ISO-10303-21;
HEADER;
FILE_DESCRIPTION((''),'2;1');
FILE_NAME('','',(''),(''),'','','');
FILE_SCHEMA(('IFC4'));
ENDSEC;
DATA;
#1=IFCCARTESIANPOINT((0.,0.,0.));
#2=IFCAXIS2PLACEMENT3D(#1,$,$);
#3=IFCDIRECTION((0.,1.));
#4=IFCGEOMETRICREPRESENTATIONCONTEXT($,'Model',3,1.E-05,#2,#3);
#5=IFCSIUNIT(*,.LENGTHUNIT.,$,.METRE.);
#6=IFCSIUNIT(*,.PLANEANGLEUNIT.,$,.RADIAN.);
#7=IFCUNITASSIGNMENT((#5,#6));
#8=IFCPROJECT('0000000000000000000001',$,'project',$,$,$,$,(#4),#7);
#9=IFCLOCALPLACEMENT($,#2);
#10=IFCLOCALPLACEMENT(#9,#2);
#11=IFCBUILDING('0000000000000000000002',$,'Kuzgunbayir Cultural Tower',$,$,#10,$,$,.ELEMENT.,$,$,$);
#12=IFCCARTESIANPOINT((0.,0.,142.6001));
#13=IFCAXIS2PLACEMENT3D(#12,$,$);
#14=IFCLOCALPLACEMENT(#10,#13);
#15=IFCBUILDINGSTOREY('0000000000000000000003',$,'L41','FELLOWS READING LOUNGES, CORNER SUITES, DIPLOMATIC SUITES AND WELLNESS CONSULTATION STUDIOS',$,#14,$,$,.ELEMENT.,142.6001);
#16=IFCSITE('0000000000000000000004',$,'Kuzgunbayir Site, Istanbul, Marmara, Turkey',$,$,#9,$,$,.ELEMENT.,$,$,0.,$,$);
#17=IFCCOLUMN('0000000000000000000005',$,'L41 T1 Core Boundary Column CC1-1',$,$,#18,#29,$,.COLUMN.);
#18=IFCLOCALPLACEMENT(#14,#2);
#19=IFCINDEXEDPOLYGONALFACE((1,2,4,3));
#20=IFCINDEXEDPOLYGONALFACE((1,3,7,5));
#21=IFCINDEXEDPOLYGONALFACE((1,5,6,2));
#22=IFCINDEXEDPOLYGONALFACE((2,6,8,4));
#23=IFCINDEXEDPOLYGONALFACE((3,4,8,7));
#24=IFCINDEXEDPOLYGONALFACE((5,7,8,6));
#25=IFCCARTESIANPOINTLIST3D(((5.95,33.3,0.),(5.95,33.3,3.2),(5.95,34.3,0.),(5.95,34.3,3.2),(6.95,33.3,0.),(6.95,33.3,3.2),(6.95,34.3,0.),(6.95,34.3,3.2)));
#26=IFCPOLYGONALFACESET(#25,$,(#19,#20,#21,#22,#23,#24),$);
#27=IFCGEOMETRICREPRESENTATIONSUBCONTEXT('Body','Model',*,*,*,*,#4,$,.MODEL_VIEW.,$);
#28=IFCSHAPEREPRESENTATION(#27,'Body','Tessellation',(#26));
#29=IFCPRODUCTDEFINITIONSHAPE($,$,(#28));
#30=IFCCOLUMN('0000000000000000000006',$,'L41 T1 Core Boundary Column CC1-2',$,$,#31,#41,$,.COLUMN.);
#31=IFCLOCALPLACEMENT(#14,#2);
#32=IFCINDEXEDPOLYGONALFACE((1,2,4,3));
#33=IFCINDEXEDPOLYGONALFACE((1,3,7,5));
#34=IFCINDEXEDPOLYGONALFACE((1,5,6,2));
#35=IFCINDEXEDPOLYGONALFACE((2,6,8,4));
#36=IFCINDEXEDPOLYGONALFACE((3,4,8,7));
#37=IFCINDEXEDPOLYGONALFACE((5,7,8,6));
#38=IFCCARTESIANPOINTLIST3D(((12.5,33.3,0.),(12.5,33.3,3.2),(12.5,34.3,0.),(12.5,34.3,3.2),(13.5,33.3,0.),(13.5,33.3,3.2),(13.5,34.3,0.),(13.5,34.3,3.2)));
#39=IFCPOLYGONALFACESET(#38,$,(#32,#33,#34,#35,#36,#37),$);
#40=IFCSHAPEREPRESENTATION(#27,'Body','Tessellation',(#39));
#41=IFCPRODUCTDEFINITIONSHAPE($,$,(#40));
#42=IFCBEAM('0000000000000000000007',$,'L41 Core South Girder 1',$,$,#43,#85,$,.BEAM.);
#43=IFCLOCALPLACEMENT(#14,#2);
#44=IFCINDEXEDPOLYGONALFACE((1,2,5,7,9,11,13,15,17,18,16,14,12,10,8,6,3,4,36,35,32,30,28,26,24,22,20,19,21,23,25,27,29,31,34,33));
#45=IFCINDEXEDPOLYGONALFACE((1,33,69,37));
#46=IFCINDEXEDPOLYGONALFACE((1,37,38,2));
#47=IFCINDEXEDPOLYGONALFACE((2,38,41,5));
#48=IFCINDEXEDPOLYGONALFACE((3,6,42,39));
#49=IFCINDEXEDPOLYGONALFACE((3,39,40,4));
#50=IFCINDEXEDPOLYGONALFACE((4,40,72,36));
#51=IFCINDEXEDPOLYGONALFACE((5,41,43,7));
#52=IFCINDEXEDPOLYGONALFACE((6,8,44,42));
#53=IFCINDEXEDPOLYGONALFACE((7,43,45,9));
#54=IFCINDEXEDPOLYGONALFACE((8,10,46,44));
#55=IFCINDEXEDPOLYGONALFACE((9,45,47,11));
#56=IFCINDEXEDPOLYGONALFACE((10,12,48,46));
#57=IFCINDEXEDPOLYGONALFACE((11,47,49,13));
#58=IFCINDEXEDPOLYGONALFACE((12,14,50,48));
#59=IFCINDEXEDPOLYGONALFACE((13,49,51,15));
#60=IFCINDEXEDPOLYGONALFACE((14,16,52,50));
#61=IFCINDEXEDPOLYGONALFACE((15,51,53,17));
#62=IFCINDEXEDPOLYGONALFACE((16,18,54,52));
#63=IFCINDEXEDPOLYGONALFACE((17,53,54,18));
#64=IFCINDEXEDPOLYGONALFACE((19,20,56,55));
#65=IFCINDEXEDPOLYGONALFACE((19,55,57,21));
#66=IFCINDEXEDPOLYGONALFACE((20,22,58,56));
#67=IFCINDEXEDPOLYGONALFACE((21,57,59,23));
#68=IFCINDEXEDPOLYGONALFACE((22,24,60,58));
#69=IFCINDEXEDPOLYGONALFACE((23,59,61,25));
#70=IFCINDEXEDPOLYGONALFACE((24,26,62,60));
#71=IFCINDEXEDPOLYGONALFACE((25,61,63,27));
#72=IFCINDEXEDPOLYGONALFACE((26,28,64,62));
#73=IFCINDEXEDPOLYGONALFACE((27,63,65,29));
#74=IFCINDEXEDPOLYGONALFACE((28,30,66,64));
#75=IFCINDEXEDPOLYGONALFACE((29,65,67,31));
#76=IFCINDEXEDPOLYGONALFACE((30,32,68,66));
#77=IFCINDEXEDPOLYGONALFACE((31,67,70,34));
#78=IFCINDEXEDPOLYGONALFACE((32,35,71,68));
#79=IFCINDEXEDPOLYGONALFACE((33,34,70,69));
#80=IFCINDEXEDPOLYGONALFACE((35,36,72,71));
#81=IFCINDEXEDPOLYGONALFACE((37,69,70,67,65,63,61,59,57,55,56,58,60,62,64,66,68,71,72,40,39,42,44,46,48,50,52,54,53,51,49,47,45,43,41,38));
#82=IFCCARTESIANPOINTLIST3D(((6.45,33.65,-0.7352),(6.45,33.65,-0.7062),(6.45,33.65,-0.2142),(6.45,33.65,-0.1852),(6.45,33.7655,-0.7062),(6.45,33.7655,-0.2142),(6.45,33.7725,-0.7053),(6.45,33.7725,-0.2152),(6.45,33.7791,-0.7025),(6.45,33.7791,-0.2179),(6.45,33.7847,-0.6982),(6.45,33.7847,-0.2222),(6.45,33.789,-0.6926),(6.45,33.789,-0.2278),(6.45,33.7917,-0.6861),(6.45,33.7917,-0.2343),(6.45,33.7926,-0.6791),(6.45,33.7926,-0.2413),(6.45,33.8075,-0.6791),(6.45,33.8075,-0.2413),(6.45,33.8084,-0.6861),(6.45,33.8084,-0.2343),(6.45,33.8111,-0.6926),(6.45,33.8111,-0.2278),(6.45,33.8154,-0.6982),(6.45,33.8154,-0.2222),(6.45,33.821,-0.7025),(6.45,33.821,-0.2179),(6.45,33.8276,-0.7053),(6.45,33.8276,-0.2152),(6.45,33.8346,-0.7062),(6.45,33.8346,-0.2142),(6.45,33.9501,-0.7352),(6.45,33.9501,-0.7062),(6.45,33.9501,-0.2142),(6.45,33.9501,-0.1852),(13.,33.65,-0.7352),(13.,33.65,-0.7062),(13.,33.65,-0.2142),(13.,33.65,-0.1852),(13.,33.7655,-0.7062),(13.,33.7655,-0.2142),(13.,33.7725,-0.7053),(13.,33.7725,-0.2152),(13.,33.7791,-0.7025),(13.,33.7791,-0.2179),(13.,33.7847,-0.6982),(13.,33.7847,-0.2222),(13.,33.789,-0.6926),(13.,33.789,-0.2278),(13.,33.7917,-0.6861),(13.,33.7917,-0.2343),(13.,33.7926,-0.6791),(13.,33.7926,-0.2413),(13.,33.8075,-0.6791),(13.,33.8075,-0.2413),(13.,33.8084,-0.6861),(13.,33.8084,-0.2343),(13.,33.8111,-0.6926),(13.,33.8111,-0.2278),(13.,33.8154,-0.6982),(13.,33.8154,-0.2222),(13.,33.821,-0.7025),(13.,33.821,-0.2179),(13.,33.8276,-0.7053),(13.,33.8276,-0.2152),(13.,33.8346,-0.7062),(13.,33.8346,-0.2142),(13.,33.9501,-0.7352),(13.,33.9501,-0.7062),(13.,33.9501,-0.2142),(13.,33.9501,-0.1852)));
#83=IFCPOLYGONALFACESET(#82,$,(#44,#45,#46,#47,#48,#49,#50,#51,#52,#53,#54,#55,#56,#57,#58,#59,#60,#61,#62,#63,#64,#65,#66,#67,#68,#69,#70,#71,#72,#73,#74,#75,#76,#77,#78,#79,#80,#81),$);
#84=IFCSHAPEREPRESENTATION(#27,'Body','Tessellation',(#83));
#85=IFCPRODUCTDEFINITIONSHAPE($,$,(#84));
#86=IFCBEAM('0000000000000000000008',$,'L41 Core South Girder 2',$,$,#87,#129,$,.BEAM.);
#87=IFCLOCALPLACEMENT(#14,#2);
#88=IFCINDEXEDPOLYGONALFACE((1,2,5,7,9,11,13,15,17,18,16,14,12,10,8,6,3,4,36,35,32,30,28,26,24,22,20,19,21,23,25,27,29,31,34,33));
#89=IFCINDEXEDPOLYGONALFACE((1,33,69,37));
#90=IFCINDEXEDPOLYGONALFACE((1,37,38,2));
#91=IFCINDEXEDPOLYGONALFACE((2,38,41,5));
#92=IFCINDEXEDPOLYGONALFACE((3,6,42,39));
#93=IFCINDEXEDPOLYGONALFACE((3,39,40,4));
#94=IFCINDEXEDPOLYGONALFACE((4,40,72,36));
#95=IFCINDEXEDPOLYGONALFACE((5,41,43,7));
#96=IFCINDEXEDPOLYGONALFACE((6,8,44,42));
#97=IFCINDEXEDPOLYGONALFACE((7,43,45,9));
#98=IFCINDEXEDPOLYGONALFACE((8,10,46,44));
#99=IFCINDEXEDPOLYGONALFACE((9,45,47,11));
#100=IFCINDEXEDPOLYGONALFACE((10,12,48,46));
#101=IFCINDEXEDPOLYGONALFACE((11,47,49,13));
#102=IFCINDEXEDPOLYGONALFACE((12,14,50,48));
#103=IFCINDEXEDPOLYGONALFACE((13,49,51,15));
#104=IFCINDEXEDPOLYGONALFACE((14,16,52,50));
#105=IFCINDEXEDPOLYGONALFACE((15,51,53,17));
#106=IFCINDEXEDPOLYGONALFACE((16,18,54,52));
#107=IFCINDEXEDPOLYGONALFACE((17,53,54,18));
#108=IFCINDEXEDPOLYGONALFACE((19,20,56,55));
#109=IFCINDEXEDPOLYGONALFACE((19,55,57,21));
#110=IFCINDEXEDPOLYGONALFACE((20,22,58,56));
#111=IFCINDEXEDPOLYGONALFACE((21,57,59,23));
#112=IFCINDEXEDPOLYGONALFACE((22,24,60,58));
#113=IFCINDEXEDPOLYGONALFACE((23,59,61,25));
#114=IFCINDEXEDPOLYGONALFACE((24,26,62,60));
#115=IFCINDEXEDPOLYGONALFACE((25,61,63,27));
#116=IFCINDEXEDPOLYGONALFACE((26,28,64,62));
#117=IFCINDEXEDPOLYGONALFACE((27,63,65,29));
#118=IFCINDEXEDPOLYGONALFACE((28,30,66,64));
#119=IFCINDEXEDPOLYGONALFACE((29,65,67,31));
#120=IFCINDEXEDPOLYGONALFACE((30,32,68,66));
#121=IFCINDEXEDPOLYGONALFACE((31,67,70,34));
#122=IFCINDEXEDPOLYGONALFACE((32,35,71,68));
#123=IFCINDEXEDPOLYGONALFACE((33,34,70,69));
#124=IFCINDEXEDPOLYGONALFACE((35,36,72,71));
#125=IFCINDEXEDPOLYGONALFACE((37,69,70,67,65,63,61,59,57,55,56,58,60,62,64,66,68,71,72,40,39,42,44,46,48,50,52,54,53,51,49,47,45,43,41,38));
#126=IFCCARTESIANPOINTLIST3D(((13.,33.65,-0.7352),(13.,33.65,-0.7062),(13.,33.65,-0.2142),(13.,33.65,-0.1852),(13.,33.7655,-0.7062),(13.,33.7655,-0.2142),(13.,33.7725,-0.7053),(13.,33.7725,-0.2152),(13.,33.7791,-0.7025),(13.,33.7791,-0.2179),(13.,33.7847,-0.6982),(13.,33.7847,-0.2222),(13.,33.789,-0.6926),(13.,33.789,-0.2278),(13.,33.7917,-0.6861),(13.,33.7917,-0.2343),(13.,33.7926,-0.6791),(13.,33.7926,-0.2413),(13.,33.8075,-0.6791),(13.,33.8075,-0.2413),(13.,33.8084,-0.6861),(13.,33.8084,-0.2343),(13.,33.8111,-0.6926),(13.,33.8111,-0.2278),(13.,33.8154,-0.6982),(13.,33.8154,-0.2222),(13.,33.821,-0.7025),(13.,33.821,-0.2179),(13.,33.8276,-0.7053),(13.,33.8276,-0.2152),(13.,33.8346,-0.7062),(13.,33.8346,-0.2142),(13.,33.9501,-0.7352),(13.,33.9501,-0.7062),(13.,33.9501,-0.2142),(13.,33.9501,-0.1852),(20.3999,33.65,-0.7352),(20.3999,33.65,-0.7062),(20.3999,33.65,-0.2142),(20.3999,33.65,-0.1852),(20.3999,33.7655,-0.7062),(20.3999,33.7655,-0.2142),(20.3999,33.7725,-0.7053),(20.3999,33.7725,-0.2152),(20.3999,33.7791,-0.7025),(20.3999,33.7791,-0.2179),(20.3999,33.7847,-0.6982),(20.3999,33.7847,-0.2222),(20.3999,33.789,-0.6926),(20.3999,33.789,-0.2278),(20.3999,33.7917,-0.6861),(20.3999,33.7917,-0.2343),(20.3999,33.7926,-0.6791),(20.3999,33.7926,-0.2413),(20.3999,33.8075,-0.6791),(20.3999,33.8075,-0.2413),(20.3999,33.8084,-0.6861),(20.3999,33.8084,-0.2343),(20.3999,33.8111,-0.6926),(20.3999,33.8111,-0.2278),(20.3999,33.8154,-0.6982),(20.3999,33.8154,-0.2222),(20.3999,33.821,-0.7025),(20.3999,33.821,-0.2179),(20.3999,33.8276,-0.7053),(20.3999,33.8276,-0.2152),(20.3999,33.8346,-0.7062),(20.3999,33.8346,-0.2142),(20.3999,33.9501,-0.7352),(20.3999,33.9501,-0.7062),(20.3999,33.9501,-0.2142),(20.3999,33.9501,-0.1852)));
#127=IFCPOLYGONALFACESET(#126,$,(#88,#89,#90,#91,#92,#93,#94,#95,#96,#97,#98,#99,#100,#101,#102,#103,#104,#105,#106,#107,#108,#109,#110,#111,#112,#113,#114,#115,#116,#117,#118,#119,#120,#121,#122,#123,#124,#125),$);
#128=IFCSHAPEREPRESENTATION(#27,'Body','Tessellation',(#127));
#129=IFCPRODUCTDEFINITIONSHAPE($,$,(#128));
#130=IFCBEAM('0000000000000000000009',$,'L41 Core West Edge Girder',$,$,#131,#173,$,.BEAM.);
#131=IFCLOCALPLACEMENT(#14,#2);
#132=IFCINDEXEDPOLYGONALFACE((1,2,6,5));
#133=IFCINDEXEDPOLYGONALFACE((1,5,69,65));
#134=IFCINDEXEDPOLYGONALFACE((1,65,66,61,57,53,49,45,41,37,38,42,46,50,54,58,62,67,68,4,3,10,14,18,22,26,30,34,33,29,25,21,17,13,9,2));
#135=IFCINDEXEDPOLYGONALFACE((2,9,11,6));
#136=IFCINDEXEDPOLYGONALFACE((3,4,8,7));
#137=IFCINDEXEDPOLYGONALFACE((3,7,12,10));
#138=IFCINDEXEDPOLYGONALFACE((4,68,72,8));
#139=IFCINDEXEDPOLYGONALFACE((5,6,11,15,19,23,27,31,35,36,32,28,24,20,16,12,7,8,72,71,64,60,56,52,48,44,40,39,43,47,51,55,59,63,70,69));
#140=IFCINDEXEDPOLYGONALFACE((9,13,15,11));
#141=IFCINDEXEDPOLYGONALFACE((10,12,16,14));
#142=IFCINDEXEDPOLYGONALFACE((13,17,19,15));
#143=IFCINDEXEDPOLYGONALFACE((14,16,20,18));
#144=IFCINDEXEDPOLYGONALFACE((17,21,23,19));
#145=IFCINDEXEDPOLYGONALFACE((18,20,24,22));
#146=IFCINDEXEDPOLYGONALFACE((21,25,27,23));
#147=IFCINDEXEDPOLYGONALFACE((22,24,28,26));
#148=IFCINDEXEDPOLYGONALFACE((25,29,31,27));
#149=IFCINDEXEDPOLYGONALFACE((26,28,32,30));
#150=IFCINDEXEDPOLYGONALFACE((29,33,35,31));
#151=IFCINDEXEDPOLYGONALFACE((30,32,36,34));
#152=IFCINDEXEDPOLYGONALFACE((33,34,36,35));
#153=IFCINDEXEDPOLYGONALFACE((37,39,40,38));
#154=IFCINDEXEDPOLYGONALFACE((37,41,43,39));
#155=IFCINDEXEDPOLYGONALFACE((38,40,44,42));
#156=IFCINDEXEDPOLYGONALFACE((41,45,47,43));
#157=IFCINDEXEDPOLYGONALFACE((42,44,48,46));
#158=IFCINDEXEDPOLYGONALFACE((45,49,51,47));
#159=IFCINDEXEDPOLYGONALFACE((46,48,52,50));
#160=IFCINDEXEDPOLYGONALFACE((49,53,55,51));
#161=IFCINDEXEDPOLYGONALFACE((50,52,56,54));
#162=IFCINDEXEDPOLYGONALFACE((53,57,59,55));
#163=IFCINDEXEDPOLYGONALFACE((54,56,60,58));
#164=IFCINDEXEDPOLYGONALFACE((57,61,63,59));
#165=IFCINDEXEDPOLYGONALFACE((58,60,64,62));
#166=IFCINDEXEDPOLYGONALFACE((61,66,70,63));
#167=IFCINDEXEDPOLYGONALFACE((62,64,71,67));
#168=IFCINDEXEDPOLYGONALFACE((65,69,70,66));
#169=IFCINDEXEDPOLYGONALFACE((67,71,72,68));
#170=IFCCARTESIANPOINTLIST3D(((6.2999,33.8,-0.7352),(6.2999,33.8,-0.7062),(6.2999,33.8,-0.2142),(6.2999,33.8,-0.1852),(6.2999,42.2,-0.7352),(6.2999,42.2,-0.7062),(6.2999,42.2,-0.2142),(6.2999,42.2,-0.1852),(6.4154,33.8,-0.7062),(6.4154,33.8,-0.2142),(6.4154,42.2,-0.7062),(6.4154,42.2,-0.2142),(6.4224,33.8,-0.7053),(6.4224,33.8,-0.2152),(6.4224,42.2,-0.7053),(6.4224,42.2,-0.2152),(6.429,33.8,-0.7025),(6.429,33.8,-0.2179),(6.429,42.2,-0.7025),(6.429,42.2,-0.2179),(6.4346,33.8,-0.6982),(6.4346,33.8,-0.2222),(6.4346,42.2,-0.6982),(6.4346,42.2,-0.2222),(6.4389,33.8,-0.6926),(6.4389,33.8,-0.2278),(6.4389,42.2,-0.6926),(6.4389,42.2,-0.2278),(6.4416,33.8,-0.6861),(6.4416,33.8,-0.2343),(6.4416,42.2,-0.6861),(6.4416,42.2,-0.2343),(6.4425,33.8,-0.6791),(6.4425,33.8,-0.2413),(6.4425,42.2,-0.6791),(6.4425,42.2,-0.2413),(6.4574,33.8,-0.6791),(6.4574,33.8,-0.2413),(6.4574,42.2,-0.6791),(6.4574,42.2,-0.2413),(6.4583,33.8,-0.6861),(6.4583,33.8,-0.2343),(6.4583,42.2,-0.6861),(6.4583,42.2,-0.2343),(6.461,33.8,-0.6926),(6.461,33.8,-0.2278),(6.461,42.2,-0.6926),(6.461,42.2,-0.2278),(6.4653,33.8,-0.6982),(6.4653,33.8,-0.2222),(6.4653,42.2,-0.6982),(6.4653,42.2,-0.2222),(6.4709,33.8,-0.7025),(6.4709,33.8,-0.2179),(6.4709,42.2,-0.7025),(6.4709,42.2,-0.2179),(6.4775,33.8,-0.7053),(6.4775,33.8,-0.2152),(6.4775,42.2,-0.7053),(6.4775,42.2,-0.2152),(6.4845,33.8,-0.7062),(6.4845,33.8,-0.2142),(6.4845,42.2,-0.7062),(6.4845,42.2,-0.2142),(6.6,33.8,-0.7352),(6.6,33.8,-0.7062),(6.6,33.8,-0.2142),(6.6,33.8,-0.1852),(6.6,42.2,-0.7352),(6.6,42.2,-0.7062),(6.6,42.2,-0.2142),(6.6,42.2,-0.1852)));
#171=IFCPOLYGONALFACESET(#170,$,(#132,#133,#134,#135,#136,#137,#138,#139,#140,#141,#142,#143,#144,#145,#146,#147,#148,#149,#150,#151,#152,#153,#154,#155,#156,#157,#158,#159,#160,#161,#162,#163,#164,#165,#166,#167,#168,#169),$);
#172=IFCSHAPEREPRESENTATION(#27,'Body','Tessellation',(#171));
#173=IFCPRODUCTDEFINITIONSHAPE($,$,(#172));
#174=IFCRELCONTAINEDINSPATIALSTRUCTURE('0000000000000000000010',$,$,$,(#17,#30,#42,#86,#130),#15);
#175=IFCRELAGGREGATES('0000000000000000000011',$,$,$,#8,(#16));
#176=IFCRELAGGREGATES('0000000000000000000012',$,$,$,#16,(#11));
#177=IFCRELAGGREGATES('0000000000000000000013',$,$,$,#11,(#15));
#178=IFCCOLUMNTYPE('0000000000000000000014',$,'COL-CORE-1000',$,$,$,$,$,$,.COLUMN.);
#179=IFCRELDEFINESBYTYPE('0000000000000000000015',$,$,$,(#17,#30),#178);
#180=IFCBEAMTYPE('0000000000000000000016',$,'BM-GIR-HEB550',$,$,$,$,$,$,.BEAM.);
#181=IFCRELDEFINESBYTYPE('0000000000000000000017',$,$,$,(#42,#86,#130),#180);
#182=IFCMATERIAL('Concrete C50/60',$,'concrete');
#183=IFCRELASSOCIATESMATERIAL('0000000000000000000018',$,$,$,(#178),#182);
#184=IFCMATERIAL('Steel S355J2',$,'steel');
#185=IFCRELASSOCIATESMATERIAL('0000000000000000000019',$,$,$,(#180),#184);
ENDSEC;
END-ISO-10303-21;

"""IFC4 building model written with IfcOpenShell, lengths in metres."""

from ifc_helpers import new_model, si_unit, direction, frame, origin, origin_2d, place, context, subcontext, project, spatial, rectangle, i_section, extrude, material, material_profile, profile_set, type_object, element, save


model = new_model("IFC4")

# Units and contexts
model_context = context("Model", 3, precision=1e-05, world=origin(), true_north=direction((0.0, 1.0)))
body_context = subcontext(model_context, "Body", "Model", "MODEL_VIEW")
ifc_project = project(units=[si_unit("LENGTHUNIT", "METRE"), si_unit("PLANEANGLEUNIT", "RADIAN")], contexts=[model_context])

# Site, building, storey
site_placement = place(None, origin())
site = spatial("IfcSite", under=ifc_project, at=site_placement, Name="Kuzgunbayir Site, Istanbul, Marmara, Turkey", CompositionType="ELEMENT", RefElevation=0.0)
building_placement = place(site_placement, origin())
building = spatial("IfcBuilding", under=site, at=building_placement, Name="Kuzgunbayir Cultural Tower", CompositionType="ELEMENT")
storey_placement = place(building_placement, frame((0.0, 0.0, 142.6001)))
storey = spatial("IfcBuildingStorey", under=building, at=storey_placement, Name="L41", Description="FELLOWS READING LOUNGES, CORNER SUITES, DIPLOMATIC SUITES AND WELLNESS CONSULTATION STUDIOS", CompositionType="ELEMENT", Elevation=142.6001)

# Columns
ifc_material_1 = material(Name="Concrete C50/60", Category="concrete")
ifc_material_profile_1 = material_profile(ifc_material_1, rectangle(XDim=1.0, YDim=1.0, at=origin_2d()), Name="RC 1000x1000")
ifc_profile_set_1 = profile_set([ifc_material_profile_1], Name="Concrete C50/60")
column_type = type_object("IfcColumnType", Name="COL-CORE-1000", PredefinedType="COLUMN", material=ifc_profile_set_1)
for number, where, z_axis, x_axis, name in (
    (1, (6.45, 33.8, 0.0), (0.0, 0.0, 1.0), (1.0, 0.0, 0.0), "L41 T1 Core Boundary Column CC1-1"),
    (2, (13.0, 33.8, 0.0), (0.0, 0.0, 1.0), (1.0, 0.0, 0.0), "L41 T1 Core Boundary Column CC1-2"),
):
    element("IfcColumn", number, at=place(storey_placement, frame(where, z_axis=z_axis, x_axis=x_axis)), inside=storey, type_object=column_type, Name=name, PredefinedType="COLUMN", context=body_context, shape_type="SweptSolid", body=[
        extrude(rectangle(XDim=1.0, YDim=1.0, at=origin_2d()), origin(), (0.0, 0.0, 1.0), 3.2),
    ])

# Beams
ifc_material_2 = material(Name="Steel S355J2", Category="steel")
ifc_material_profile_2 = material_profile(ifc_material_2, i_section(OverallWidth=0.3, OverallDepth=0.55, WebThickness=0.0149, FlangeThickness=0.0291, FilletRadius=0.0271, at=origin_2d()), Name="HEB 550")
ifc_profile_set_2 = profile_set([ifc_material_profile_2], Name="Steel S355J2")
beam_type = type_object("IfcBeamType", Name="BM-GIR-HEB550", PredefinedType="BEAM", material=ifc_profile_set_2)
beam_1_placement = place(storey_placement, frame((6.45, 33.8, -0.4602), z_axis=(1.0, 0.0, 0.0), x_axis=(0.0, 1.0, 0.0)))
element("IfcBeam", 3, at=beam_1_placement, inside=storey, type_object=beam_type, Name="L41 Core South Girder 1", PredefinedType="BEAM", context=body_context, shape_type="SweptSolid", body=[
    extrude(i_section(OverallWidth=0.3, OverallDepth=0.55, WebThickness=0.0149, FlangeThickness=0.0291, FilletRadius=0.0271, at=origin_2d()), origin(), (0.0, 0.0, 1.0), 6.55),
])
beam_2_placement = place(storey_placement, frame((13.0, 33.8, -0.4602), z_axis=(1.0, 0.0, 0.0), x_axis=(0.0, 1.0, 0.0)))
element("IfcBeam", 4, at=beam_2_placement, inside=storey, type_object=beam_type, Name="L41 Core South Girder 2", PredefinedType="BEAM", context=body_context, shape_type="SweptSolid", body=[
    extrude(i_section(OverallWidth=0.3, OverallDepth=0.55, WebThickness=0.0149, FlangeThickness=0.0291, FilletRadius=0.0271, at=origin_2d()), origin(), (0.0, 0.0, 1.0), 7.3999),
])
beam_3_placement = place(storey_placement, frame((6.45, 33.8, -0.4602), z_axis=(0.0, 1.0, 0.0), x_axis=(-1.0, 0.0, 0.0)))
element("IfcBeam", 5, at=beam_3_placement, inside=storey, type_object=beam_type, Name="L41 Core West Edge Girder", PredefinedType="BEAM", context=body_context, shape_type="SweptSolid", body=[
    extrude(i_section(OverallWidth=0.3, OverallDepth=0.55, WebThickness=0.0149, FlangeThickness=0.0291, FilletRadius=0.0271, at=origin_2d()), origin(), (0.0, 0.0, 1.0), 8.3999),
])

save(model, "model.ifc")
